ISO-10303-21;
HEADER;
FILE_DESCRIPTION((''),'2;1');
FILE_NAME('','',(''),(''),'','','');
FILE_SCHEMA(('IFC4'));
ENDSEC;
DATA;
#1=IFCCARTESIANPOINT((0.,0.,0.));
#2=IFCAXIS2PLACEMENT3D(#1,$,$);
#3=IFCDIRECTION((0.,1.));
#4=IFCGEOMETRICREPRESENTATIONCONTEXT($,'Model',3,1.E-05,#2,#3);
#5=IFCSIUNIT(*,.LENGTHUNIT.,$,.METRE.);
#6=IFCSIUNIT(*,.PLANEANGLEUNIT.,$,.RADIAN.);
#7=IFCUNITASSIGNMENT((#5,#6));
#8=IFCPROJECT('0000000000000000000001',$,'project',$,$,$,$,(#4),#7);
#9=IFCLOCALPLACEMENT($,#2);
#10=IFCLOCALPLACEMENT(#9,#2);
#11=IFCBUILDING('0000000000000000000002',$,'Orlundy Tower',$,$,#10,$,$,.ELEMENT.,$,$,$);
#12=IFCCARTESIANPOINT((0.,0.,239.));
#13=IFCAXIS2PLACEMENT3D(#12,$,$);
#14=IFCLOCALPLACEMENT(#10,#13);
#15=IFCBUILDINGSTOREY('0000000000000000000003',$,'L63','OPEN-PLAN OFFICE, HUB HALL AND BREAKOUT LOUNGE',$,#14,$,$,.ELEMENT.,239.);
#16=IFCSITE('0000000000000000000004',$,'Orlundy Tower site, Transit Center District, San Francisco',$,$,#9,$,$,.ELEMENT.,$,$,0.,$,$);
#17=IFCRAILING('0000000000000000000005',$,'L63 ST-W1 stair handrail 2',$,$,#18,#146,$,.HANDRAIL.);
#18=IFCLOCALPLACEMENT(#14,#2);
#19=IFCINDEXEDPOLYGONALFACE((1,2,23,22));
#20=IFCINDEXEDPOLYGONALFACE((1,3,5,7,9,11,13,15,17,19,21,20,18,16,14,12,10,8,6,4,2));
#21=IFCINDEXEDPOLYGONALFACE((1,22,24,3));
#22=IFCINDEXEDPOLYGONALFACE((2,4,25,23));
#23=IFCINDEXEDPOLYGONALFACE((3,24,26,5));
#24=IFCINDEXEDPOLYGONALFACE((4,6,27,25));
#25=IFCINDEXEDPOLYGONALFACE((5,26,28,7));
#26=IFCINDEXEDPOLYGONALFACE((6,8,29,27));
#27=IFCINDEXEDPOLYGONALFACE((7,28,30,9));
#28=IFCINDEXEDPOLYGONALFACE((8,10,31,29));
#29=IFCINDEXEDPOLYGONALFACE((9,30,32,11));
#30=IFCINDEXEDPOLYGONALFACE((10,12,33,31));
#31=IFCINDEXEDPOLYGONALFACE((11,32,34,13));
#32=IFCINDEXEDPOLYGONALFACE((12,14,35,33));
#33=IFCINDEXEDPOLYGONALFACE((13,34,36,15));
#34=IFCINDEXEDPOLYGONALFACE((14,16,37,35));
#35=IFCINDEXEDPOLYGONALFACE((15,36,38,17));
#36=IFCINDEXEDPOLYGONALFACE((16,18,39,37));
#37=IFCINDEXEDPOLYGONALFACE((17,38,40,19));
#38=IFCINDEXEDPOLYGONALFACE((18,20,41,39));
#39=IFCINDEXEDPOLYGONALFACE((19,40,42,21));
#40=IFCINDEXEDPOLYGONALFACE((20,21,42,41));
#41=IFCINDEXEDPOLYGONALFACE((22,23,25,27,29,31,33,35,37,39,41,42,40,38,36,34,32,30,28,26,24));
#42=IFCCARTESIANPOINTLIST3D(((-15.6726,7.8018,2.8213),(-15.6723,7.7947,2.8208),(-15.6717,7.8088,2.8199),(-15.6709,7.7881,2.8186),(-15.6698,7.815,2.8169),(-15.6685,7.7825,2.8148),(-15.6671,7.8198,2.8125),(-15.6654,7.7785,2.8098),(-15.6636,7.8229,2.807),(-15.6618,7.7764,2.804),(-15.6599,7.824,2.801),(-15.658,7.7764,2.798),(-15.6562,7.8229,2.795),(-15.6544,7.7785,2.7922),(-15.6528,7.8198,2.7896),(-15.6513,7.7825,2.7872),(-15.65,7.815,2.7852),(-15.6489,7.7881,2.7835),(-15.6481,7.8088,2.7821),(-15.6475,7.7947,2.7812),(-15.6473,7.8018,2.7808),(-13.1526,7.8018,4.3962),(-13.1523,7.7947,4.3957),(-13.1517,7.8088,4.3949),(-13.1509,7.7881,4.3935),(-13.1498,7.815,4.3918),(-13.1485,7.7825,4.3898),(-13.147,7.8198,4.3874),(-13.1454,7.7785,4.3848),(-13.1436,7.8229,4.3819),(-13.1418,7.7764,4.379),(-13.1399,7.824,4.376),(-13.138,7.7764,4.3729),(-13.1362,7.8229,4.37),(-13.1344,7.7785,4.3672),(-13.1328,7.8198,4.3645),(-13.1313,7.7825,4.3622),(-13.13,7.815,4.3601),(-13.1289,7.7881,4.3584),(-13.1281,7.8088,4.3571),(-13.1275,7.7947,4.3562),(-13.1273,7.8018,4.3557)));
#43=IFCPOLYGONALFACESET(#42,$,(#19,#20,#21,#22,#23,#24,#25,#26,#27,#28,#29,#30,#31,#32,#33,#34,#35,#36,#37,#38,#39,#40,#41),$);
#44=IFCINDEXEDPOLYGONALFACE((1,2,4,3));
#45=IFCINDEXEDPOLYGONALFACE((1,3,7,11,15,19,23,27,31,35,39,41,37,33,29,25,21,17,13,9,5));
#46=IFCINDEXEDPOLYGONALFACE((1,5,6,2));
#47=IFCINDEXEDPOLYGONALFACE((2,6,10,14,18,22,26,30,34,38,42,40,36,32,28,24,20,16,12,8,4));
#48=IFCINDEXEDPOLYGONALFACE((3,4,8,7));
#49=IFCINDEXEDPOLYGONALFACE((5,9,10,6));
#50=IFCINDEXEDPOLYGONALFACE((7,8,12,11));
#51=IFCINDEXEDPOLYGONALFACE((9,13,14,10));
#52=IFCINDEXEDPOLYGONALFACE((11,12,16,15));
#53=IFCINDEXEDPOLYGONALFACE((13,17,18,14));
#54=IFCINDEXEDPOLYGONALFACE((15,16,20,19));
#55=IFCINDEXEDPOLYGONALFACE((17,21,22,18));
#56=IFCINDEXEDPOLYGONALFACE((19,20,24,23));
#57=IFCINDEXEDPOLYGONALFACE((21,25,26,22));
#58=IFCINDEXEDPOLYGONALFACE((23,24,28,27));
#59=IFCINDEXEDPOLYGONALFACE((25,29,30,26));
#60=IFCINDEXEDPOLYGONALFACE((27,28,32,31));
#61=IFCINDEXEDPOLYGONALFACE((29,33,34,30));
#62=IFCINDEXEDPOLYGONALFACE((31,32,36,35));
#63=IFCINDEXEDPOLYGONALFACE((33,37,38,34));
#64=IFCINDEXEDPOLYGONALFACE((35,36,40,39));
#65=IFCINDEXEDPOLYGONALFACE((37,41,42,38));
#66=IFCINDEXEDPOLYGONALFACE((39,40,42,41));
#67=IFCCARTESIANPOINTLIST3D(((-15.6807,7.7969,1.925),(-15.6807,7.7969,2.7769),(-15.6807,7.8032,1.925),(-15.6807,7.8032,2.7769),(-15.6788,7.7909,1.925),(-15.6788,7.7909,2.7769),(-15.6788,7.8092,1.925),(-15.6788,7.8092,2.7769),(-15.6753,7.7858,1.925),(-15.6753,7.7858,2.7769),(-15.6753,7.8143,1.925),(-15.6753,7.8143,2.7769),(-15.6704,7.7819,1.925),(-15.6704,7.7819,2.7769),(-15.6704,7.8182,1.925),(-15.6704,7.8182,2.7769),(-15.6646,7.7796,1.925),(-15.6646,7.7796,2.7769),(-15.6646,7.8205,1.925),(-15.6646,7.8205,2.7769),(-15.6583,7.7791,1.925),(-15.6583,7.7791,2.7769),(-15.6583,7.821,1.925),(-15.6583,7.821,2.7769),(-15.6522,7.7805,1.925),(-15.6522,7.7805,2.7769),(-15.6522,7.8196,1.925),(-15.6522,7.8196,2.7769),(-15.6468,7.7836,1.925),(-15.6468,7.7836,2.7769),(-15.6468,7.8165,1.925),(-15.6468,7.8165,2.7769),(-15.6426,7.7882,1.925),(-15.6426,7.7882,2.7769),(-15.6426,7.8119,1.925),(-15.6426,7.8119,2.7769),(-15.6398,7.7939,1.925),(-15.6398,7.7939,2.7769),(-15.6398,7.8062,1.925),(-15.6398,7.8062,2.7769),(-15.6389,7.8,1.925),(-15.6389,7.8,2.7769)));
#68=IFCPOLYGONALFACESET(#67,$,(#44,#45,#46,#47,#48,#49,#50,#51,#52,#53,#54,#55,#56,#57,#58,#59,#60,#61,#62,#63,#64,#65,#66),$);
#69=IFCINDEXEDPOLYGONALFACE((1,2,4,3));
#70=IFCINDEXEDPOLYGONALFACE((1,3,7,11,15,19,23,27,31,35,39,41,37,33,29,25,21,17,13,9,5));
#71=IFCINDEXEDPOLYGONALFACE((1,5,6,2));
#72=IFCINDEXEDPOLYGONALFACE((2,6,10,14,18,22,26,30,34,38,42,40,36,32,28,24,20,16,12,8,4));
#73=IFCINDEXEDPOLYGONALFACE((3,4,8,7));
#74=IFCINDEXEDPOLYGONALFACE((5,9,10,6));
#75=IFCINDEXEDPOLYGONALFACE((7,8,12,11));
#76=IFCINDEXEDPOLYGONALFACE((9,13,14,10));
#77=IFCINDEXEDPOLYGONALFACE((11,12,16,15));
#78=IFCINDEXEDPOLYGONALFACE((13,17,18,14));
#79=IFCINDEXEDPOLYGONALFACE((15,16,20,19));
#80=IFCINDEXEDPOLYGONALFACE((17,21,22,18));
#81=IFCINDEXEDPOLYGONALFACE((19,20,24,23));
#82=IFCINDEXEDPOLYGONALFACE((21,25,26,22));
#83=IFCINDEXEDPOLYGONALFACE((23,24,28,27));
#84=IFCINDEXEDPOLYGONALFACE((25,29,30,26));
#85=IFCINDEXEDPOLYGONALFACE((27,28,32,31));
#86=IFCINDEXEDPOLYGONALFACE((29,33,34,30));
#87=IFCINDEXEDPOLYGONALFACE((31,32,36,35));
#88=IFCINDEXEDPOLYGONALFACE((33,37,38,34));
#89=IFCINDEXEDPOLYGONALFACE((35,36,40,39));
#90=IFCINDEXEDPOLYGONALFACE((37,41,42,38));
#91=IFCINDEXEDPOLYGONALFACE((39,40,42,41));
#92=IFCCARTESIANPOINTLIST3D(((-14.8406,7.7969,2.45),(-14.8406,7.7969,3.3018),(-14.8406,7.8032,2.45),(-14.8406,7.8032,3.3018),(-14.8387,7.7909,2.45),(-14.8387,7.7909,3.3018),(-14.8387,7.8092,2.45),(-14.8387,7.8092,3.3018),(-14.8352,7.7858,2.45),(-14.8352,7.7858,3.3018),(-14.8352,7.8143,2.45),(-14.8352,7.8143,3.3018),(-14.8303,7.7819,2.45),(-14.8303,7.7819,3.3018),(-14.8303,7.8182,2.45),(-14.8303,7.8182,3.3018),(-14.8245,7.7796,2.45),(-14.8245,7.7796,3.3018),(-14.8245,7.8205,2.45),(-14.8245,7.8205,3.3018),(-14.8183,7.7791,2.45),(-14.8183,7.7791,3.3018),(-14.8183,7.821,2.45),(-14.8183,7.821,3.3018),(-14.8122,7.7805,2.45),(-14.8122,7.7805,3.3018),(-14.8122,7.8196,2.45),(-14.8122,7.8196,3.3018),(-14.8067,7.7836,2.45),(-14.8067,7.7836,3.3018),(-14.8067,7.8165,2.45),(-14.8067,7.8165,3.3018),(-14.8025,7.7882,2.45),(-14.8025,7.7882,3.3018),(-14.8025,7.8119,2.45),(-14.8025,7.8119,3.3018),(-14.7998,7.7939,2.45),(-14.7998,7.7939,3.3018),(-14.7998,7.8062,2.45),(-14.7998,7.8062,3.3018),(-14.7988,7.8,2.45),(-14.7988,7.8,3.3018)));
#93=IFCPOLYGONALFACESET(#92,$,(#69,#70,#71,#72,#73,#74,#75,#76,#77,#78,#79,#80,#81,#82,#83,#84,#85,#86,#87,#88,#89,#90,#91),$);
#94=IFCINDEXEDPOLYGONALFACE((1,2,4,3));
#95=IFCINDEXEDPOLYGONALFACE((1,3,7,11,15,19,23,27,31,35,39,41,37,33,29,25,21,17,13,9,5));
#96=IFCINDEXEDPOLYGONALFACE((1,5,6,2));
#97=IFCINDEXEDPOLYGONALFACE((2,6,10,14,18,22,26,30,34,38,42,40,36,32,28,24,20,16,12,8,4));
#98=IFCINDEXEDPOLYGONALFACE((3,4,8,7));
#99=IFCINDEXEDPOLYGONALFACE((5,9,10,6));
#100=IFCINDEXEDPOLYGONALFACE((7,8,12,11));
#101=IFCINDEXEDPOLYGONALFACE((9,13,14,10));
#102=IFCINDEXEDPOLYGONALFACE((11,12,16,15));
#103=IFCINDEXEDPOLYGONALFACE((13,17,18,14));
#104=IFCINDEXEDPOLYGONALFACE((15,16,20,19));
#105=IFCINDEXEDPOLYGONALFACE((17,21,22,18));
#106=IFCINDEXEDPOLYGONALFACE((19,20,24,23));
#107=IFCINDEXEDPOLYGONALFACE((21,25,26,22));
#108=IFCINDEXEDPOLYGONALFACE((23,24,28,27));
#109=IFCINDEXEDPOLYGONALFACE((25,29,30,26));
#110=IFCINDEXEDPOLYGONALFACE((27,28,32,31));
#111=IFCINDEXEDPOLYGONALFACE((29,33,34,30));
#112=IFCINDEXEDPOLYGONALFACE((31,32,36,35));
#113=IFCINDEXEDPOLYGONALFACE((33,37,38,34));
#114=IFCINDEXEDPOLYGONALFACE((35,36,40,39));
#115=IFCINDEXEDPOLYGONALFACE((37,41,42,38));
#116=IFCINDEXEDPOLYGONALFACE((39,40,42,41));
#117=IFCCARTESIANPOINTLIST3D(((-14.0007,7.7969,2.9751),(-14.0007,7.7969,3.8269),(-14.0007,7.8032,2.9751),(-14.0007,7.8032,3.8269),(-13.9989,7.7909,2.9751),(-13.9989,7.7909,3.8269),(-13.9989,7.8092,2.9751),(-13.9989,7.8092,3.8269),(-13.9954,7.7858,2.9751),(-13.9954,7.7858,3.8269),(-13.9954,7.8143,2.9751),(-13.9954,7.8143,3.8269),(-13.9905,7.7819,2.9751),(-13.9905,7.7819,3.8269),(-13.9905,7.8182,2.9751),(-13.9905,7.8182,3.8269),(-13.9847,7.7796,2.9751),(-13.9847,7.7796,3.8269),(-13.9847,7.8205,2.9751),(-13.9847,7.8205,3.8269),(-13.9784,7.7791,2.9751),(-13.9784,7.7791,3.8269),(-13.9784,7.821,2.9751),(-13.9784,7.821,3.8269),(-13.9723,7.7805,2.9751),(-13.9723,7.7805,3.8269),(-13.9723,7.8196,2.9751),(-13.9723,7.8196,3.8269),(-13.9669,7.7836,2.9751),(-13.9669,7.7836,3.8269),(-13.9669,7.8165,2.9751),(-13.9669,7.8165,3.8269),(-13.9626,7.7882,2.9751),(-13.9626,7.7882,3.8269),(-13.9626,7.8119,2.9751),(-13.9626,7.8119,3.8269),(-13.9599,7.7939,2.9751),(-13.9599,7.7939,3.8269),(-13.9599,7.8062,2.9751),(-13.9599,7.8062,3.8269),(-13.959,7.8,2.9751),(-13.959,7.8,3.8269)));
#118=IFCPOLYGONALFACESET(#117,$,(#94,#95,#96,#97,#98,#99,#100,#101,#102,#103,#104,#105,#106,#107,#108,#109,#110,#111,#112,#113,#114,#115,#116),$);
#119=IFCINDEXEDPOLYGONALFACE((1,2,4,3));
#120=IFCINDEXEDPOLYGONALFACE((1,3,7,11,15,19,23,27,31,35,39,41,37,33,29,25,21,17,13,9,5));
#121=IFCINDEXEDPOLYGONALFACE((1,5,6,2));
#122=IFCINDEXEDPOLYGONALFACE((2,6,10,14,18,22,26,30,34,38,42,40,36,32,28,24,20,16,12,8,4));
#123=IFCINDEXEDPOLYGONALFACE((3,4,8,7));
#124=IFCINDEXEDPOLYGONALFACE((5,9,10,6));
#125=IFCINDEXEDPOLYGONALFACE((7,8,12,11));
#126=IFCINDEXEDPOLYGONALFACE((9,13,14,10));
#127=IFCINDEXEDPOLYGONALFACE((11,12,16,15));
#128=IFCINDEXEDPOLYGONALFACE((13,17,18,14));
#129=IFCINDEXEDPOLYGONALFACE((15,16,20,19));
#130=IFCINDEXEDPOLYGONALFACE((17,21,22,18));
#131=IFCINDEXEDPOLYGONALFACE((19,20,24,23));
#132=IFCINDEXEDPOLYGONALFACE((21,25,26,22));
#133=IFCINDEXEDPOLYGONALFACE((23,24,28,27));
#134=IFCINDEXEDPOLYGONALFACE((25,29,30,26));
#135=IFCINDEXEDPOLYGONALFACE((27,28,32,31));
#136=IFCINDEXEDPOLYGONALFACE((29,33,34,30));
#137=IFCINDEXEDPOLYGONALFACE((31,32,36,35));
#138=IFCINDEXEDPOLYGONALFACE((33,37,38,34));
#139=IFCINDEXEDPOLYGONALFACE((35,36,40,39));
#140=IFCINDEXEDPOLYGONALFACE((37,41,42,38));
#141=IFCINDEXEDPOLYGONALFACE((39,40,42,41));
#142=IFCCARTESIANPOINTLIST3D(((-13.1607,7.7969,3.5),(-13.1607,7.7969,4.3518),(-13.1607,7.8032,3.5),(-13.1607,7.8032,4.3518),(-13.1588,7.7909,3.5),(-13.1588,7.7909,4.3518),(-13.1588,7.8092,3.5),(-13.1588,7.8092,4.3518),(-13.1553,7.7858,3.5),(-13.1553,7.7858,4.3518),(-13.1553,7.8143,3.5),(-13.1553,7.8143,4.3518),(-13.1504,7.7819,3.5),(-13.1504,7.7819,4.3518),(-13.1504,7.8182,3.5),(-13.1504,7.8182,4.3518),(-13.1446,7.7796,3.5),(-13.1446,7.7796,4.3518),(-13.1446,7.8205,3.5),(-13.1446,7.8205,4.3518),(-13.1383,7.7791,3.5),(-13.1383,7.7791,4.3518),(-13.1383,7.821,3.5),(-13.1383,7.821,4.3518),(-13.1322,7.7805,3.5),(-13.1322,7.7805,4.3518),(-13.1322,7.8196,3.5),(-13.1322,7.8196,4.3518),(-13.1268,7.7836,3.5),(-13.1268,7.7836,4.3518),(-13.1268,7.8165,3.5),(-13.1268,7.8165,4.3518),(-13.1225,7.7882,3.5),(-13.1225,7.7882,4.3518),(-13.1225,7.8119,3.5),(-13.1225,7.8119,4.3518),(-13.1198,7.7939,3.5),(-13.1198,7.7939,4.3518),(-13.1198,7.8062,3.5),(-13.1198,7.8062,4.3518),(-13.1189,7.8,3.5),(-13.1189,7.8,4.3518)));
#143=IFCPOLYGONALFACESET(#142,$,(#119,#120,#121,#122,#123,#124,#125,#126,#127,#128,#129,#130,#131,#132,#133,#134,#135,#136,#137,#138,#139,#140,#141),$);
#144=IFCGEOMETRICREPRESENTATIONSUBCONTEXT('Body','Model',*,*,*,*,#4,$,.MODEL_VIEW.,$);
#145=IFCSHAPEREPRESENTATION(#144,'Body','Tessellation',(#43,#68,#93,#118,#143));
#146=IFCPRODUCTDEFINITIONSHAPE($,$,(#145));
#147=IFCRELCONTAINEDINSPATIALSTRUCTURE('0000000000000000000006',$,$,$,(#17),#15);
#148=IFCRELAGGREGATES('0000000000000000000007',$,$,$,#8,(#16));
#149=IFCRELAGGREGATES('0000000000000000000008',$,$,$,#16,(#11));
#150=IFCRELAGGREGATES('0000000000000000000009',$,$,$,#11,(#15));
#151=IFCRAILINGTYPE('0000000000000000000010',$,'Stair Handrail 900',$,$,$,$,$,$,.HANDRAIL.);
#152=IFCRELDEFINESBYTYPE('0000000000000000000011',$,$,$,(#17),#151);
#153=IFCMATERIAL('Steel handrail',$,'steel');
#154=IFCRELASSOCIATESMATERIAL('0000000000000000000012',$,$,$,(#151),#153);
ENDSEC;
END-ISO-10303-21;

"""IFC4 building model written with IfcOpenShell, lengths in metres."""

from ifc_helpers import new_model, si_unit, direction, frame, origin, origin_2d, place, context, subcontext, project, spatial, circle, extrude, material, type_object, element, save


model = new_model("IFC4")

# Units and contexts
model_context = context("Model", 3, precision=1e-05, world=origin(), true_north=direction((0.0, 1.0)))
body_context = subcontext(model_context, "Body", "Model", "MODEL_VIEW")
ifc_project = project(units=[si_unit("LENGTHUNIT", "METRE"), si_unit("PLANEANGLEUNIT", "RADIAN")], contexts=[model_context])

# Site, building, storey
site_placement = place(None, origin())
site = spatial("IfcSite", under=ifc_project, at=site_placement, Name="Orlundy Tower site, Transit Center District, San Francisco", CompositionType="ELEMENT", RefElevation=0.0)
building_placement = place(site_placement, origin())
building = spatial("IfcBuilding", under=site, at=building_placement, Name="Orlundy Tower", CompositionType="ELEMENT")
storey_placement = place(building_placement, frame((0.0, 0.0, 239.0)))
storey = spatial("IfcBuildingStorey", under=building, at=storey_placement, Name="L63", Description="OPEN-PLAN OFFICE, HUB HALL AND BREAKOUT LOUNGE", CompositionType="ELEMENT", Elevation=239.0)

# Railing
ifc_material_1 = material(Name="Steel handrail", Category="steel")
railing_type = type_object("IfcRailingType", Name="Stair Handrail 900", PredefinedType="HANDRAIL", material=ifc_material_1)
railing_placement = place(storey_placement, frame((-15.6599, 7.8, 1.925)))
element("IfcRailing", 1, at=railing_placement, inside=storey, type_object=railing_type, Name="L63 ST-W1 stair handrail 2", PredefinedType="HANDRAIL", context=body_context, shape_type="SweptSolid", body=[
    extrude(circle(Radius=0.0239, at=origin_2d()), frame((0.0, 0.0, 0.876), z_axis=(0.848008, 0.0, 0.529984), x_axis=(0.0, 1.0, 0.0)), (0.0, 0.0, 1.0), 2.9717),
    extrude(circle(Radius=0.021, at=origin_2d()), origin(), (0.0, 0.0, 1.0), 0.8518),
    extrude(circle(Radius=0.021, at=origin_2d()), frame((0.8401, 0.0, 0.5249)), (0.0, 0.0, 1.0), 0.8518),
    extrude(circle(Radius=0.021, at=origin_2d()), frame((1.6799, 0.0, 1.05)), (0.0, 0.0, 1.0), 0.8518),
    extrude(circle(Radius=0.021, at=origin_2d()), frame((2.52, 0.0, 1.575)), (0.0, 0.0, 1.0), 0.8518),
])

save(model, "model.ifc")
